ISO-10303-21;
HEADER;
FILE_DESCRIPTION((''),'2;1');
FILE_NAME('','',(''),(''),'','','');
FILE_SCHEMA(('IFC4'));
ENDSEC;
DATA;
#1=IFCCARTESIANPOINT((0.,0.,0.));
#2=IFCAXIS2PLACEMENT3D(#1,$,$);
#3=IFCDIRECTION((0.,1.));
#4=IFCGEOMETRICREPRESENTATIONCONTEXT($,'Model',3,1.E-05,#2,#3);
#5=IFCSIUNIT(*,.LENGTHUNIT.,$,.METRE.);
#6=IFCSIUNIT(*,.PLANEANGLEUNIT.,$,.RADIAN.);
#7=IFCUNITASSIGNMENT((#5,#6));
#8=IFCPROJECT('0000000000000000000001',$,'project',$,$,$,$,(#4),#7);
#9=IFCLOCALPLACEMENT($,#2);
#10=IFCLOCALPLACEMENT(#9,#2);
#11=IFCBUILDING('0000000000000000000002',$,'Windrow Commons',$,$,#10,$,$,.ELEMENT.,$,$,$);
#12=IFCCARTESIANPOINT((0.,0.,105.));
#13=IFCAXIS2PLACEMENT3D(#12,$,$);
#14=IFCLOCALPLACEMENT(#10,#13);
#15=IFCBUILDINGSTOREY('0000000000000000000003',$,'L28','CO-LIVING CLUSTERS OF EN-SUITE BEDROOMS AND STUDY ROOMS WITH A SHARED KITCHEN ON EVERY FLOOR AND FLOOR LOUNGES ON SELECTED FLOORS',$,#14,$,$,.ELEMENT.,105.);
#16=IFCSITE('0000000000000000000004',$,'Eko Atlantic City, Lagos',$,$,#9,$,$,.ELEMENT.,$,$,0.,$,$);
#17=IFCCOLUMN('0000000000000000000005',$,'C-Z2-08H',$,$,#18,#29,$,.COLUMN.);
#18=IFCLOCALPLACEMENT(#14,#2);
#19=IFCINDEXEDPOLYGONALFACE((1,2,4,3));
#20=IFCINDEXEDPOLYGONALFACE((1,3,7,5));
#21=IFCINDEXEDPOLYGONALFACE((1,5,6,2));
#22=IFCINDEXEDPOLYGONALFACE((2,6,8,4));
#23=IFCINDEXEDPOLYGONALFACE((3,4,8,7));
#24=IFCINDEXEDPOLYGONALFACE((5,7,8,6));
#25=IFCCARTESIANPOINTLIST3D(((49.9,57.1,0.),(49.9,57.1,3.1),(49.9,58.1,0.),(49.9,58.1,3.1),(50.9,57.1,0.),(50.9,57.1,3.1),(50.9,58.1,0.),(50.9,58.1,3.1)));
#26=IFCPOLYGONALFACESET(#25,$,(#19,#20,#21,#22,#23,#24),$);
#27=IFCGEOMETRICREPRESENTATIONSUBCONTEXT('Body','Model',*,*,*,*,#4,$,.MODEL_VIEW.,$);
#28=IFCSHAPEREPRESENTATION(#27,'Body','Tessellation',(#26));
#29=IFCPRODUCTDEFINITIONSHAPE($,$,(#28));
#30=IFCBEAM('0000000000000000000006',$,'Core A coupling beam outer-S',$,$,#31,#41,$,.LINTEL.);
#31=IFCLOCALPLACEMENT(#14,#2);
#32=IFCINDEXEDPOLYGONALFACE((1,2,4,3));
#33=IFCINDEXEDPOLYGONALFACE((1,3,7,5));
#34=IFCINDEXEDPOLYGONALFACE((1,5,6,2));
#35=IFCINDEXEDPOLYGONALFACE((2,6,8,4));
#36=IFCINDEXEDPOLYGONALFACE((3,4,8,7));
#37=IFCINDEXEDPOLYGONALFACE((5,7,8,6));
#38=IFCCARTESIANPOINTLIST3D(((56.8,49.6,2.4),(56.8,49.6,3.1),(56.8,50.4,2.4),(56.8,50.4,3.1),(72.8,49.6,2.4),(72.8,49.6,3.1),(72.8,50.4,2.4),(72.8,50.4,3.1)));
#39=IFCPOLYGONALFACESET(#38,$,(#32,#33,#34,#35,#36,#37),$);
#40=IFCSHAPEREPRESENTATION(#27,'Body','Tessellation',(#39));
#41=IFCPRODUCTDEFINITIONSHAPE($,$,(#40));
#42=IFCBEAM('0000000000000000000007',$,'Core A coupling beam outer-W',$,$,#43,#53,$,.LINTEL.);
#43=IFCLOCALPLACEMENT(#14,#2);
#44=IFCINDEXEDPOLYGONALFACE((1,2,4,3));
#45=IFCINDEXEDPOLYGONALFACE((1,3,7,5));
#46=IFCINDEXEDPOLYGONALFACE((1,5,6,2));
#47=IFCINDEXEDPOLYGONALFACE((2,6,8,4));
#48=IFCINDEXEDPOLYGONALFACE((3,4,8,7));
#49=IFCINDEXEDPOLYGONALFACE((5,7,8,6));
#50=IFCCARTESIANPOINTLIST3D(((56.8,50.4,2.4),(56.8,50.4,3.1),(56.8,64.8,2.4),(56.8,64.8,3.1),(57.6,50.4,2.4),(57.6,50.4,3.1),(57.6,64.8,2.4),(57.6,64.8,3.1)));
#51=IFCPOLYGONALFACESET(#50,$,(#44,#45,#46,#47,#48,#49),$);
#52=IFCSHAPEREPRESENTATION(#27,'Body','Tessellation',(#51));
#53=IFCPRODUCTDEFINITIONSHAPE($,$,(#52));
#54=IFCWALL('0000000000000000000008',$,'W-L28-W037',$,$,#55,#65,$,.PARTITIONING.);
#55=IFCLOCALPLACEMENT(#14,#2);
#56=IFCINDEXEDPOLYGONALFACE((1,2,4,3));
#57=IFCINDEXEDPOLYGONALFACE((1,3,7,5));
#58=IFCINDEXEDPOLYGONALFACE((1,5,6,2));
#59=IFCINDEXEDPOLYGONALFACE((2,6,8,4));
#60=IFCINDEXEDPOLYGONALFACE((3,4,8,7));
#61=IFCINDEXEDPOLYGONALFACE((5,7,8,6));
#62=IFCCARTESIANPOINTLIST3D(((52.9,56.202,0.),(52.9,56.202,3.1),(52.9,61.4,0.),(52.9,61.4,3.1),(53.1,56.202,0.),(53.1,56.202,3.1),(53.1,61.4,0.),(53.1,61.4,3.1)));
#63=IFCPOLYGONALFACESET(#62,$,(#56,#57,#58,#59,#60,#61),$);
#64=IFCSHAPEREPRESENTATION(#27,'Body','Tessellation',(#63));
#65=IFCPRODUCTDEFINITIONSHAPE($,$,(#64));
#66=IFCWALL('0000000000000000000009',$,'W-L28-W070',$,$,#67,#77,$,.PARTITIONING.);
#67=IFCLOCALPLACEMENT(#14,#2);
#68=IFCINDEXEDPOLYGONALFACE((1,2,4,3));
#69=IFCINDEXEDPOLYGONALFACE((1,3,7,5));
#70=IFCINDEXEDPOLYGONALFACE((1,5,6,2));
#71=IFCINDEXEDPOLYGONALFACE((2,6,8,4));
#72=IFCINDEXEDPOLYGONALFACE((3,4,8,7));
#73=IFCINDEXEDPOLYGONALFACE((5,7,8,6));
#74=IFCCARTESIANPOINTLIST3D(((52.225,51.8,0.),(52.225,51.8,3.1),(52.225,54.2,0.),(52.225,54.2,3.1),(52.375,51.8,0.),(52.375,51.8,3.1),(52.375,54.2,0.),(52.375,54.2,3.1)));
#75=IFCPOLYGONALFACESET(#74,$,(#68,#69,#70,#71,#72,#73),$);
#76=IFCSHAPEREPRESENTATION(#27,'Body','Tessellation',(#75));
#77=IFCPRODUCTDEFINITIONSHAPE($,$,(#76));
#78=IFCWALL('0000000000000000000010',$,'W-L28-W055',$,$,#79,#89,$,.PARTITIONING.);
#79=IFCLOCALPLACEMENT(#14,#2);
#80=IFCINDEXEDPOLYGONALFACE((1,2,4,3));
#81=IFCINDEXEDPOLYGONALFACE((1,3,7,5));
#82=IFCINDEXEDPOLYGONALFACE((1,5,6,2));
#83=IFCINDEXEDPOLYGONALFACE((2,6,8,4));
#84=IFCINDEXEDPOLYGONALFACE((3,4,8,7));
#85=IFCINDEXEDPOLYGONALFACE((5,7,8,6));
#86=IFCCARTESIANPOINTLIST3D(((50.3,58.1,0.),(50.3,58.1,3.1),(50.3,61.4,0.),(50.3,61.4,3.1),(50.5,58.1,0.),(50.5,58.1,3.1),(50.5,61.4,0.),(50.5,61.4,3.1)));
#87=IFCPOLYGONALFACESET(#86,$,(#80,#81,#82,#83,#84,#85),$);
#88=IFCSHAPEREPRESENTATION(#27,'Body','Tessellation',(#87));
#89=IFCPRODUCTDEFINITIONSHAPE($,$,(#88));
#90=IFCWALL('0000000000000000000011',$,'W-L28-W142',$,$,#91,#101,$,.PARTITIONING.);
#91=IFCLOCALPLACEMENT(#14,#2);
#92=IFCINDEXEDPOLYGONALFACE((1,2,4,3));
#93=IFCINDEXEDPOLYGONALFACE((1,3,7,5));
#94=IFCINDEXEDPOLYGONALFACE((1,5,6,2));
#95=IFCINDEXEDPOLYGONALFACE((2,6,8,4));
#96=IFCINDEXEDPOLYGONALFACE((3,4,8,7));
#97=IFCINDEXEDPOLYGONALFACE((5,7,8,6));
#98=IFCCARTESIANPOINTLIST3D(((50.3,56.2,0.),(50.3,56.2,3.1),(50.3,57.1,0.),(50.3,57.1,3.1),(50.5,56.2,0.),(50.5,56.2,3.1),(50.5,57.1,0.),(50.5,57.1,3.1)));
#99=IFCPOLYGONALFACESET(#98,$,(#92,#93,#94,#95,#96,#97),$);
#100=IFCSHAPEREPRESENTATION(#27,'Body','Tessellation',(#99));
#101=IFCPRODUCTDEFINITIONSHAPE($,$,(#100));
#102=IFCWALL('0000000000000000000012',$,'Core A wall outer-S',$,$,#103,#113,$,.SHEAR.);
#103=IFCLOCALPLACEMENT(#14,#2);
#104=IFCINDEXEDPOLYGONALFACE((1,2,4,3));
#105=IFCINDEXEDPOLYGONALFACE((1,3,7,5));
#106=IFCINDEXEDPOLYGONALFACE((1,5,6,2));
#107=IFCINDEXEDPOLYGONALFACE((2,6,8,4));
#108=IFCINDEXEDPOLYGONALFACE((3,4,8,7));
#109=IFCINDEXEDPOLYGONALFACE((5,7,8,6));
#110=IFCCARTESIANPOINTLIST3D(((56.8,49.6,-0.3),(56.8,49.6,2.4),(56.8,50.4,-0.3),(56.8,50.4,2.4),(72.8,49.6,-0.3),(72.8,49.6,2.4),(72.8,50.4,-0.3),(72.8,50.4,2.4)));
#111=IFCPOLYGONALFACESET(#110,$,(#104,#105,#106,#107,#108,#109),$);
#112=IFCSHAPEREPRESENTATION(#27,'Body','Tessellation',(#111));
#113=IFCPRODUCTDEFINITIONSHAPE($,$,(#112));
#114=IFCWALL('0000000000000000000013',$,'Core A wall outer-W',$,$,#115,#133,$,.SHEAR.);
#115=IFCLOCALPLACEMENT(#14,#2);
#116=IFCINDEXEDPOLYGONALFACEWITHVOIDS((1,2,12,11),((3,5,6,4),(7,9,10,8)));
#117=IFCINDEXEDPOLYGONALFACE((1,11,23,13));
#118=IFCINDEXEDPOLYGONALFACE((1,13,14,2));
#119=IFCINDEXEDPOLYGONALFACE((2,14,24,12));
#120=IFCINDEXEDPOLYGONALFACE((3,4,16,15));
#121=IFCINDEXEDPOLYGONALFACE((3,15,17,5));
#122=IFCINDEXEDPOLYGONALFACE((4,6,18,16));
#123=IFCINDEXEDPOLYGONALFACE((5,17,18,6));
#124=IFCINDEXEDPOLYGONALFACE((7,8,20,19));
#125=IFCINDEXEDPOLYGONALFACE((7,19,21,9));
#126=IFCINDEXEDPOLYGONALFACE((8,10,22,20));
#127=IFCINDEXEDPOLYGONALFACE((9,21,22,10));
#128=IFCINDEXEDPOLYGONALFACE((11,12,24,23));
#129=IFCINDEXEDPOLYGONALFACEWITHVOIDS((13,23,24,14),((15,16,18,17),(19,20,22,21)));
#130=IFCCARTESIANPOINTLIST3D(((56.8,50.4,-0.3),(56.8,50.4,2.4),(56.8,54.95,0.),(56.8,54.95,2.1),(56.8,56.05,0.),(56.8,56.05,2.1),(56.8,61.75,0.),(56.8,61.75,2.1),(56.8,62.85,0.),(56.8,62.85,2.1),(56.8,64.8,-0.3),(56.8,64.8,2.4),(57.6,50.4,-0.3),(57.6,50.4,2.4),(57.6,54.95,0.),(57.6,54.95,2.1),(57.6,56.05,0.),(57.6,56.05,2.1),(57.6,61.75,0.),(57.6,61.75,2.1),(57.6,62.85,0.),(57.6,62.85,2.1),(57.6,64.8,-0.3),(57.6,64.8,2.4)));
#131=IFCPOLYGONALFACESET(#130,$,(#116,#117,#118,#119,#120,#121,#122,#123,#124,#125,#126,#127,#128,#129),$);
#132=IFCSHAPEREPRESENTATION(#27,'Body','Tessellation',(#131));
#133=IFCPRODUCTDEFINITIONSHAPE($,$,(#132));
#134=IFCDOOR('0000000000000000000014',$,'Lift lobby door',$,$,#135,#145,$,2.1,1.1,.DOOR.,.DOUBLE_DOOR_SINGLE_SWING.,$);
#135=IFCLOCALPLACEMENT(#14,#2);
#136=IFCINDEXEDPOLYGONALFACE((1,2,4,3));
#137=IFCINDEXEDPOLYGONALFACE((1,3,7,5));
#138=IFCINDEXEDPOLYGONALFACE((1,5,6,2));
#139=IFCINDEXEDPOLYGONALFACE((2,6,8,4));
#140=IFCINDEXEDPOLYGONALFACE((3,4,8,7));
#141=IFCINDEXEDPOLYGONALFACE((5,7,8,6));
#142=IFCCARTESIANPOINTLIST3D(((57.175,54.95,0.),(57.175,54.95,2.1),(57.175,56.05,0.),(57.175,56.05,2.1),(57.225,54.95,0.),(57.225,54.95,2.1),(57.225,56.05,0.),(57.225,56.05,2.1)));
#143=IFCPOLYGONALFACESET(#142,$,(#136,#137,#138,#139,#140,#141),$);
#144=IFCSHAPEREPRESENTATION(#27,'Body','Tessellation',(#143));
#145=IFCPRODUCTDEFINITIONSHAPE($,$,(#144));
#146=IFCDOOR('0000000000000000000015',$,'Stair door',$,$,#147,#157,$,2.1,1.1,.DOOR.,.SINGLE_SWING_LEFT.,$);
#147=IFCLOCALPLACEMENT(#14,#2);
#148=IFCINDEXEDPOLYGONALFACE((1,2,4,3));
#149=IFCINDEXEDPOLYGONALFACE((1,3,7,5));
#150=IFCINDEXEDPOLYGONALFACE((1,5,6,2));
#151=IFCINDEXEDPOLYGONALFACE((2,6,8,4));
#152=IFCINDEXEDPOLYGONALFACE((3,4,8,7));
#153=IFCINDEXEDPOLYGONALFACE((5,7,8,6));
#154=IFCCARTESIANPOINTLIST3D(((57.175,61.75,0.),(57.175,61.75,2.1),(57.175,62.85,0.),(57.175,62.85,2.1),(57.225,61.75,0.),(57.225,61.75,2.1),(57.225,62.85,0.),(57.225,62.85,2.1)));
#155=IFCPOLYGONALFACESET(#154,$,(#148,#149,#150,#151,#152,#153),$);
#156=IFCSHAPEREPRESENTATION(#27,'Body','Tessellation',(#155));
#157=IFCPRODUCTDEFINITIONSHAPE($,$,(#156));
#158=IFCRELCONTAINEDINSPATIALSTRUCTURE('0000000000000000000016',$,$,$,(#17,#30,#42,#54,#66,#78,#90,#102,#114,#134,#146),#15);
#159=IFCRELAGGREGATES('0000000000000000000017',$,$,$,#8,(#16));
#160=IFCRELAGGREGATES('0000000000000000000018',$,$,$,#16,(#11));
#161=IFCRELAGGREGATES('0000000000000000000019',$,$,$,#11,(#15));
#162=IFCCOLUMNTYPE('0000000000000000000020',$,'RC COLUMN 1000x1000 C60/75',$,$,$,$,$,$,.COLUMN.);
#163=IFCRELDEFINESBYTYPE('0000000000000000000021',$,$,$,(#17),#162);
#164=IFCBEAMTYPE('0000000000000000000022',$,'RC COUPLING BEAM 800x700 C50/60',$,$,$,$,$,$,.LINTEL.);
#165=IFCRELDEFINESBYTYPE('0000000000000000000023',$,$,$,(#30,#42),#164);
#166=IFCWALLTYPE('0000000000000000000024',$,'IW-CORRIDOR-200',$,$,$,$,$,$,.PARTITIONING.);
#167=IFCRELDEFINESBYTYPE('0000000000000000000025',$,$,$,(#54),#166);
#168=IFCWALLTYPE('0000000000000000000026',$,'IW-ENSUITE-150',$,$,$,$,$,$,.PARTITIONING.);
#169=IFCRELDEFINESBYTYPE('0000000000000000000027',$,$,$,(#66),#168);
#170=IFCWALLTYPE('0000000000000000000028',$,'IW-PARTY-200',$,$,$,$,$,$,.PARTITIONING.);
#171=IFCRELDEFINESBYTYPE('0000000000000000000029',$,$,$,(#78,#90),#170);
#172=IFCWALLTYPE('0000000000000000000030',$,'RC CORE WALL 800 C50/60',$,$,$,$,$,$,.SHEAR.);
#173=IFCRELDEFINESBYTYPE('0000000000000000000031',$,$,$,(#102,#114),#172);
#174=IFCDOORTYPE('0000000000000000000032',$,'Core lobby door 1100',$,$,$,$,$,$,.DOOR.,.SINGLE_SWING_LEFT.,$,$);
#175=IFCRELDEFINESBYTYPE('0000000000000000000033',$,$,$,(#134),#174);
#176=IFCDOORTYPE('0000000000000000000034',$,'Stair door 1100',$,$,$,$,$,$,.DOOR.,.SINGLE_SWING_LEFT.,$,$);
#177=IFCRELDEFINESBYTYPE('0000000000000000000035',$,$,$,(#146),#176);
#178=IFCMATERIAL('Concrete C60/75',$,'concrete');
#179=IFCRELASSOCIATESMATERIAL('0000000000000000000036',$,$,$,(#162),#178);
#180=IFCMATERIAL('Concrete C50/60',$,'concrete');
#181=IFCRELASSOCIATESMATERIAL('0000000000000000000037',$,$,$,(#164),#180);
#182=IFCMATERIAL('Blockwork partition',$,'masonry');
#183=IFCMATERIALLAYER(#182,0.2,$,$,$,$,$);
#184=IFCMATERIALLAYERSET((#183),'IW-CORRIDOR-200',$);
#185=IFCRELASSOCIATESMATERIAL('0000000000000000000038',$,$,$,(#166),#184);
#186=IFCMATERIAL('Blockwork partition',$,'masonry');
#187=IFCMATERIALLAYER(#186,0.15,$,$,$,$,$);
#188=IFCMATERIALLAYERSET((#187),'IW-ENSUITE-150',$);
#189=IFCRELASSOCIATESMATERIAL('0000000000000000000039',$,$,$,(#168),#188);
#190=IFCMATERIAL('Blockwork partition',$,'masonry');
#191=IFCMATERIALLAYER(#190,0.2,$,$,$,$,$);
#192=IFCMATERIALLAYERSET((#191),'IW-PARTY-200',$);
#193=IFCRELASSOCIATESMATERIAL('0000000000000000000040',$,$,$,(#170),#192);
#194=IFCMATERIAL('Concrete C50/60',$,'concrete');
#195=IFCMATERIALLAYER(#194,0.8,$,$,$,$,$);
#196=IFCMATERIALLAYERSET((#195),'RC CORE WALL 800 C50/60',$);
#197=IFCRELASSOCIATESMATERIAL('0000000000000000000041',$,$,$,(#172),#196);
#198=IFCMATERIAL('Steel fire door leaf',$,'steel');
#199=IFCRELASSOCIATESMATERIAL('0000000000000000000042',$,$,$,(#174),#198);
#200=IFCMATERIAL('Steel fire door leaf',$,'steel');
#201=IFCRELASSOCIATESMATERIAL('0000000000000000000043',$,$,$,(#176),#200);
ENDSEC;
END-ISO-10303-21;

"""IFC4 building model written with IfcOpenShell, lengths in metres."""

from ifc_helpers import new_model, si_unit, direction, frame, frame_2d, origin, origin_2d, place, context, subcontext, project, spatial, rectangle, extrude, material, layer, layer_set, material_profile, profile_set, type_object, element, fill, save


model = new_model("IFC4")

# Units and contexts
model_context = context("Model", 3, precision=1e-05, world=origin(), true_north=direction((0.0, 1.0)))
body_context = subcontext(model_context, "Body", "Model", "MODEL_VIEW")
ifc_project = project(units=[si_unit("LENGTHUNIT", "METRE"), si_unit("PLANEANGLEUNIT", "RADIAN")], contexts=[model_context])

# Site, building, storey
site_placement = place(None, origin())
site = spatial("IfcSite", under=ifc_project, at=site_placement, Name="Eko Atlantic City, Lagos", CompositionType="ELEMENT", RefElevation=0.0)
building_placement = place(site_placement, origin())
building = spatial("IfcBuilding", under=site, at=building_placement, Name="Windrow Commons", CompositionType="ELEMENT")
storey_placement = place(building_placement, frame((0.0, 0.0, 105.0)))
storey = spatial("IfcBuildingStorey", under=building, at=storey_placement, Name="L28", Description="CO-LIVING CLUSTERS OF EN-SUITE BEDROOMS AND STUDY ROOMS WITH A SHARED KITCHEN ON EVERY FLOOR AND FLOOR LOUNGES ON SELECTED FLOORS", CompositionType="ELEMENT", Elevation=105.0)

# Column
ifc_material_1 = material(Name="Concrete C60/75", Category="concrete")
ifc_material_profile_1 = material_profile(ifc_material_1, rectangle(XDim=1.0, YDim=1.0, at=origin_2d()))
ifc_profile_set_1 = profile_set([ifc_material_profile_1], Name="Concrete C60/75")
column_type = type_object("IfcColumnType", Name="RC COLUMN 1000x1000 C60/75", PredefinedType="COLUMN", material=ifc_profile_set_1)
column_placement = place(storey_placement, frame((50.4, 57.6, 0.0), z_axis=(0.0, 0.0, 1.0), x_axis=(1.0, 0.0, 0.0)))
element("IfcColumn", 1, at=column_placement, inside=storey, type_object=column_type, Name="C-Z2-08H", PredefinedType="COLUMN", context=body_context, shape_type="SweptSolid", body=[
    extrude(rectangle(XDim=1.0, YDim=1.0, at=origin_2d()), origin(), (0.0, 0.0, 1.0), 3.1),
])

# Beams
ifc_material_2 = material(Name="Concrete C50/60", Category="concrete")
ifc_material_profile_2 = material_profile(ifc_material_2, rectangle(XDim=0.8, YDim=0.7, at=origin_2d()))
ifc_profile_set_2 = profile_set([ifc_material_profile_2], Name="Concrete C50/60")
beam_type = type_object("IfcBeamType", Name="RC COUPLING BEAM 800x700 C50/60", PredefinedType="LINTEL", material=ifc_profile_set_2)
beam_1_placement = place(storey_placement, frame((56.8, 50.0, 2.75), z_axis=(1.0, 0.0, 0.0), x_axis=(0.0, 1.0, 0.0)))
element("IfcBeam", 2, at=beam_1_placement, inside=storey, type_object=beam_type, Name="Core A coupling beam outer-S", PredefinedType="LINTEL", context=body_context, shape_type="SweptSolid", body=[
    extrude(rectangle(XDim=0.8, YDim=0.7, at=origin_2d()), origin(), (0.0, 0.0, 1.0), 16.0),
])
beam_2_placement = place(storey_placement, frame((57.2, 50.4, 2.75), z_axis=(0.0, 1.0, 0.0), x_axis=(-1.0, 0.0, 0.0)))
element("IfcBeam", 3, at=beam_2_placement, inside=storey, type_object=beam_type, Name="Core A coupling beam outer-W", PredefinedType="LINTEL", context=body_context, shape_type="SweptSolid", body=[
    extrude(rectangle(XDim=0.8, YDim=0.7, at=origin_2d()), origin(), (0.0, 0.0, 1.0), 14.4),
])

# Walls
ifc_material_3 = material(Name="Blockwork partition", Category="masonry")
ifc_layer_1 = layer(ifc_material_3, 0.2)
ifc_layer_set_1 = layer_set([ifc_layer_1], Name="IW-CORRIDOR-200")
wall_type_1 = type_object("IfcWallType", Name="IW-CORRIDOR-200", PredefinedType="PARTITIONING", material=ifc_layer_set_1)
wall_1_placement = place(storey_placement, frame((53.0, 56.202, 0.0), z_axis=(0.0, 0.0, 1.0), x_axis=(0.0, 1.0, 0.0)))
element("IfcWall", 4, at=wall_1_placement, inside=storey, type_object=wall_type_1, Name="W-L28-W037", PredefinedType="PARTITIONING", context=body_context, shape_type="SweptSolid", body=[
    extrude(rectangle(XDim=5.198, YDim=0.2, at=frame_2d((2.599, 0.0))), origin(), (0.0, 0.0, 1.0), 3.1),
])
ifc_material_4 = material(Name="Blockwork partition", Category="masonry")
ifc_layer_2 = layer(ifc_material_4, 0.15)
ifc_layer_set_2 = layer_set([ifc_layer_2], Name="IW-ENSUITE-150")
wall_type_2 = type_object("IfcWallType", Name="IW-ENSUITE-150", PredefinedType="PARTITIONING", material=ifc_layer_set_2)
wall_2_placement = place(storey_placement, frame((52.3, 51.8, 0.0), z_axis=(0.0, 0.0, 1.0), x_axis=(0.0, 1.0, 0.0)))
element("IfcWall", 5, at=wall_2_placement, inside=storey, type_object=wall_type_2, Name="W-L28-W070", PredefinedType="PARTITIONING", context=body_context, shape_type="SweptSolid", body=[
    extrude(rectangle(XDim=2.4, YDim=0.15, at=frame_2d((1.2, 0.0))), origin(), (0.0, 0.0, 1.0), 3.1),
])
ifc_material_5 = material(Name="Blockwork partition", Category="masonry")
ifc_layer_3 = layer(ifc_material_5, 0.2)
ifc_layer_set_3 = layer_set([ifc_layer_3], Name="IW-PARTY-200")
wall_type_3 = type_object("IfcWallType", Name="IW-PARTY-200", PredefinedType="PARTITIONING", material=ifc_layer_set_3)
wall_3_placement = place(storey_placement, frame((50.4, 58.1, 0.0), z_axis=(0.0, 0.0, 1.0), x_axis=(0.0, 1.0, 0.0)))
element("IfcWall", 6, at=wall_3_placement, inside=storey, type_object=wall_type_3, Name="W-L28-W055", PredefinedType="PARTITIONING", context=body_context, shape_type="SweptSolid", body=[
    extrude(rectangle(XDim=3.3, YDim=0.2, at=frame_2d((1.65, 0.0))), origin(), (0.0, 0.0, 1.0), 3.1),
])
wall_4_placement = place(storey_placement, frame((50.4, 56.2, 0.0), z_axis=(0.0, 0.0, 1.0), x_axis=(0.0, 1.0, 0.0)))
element("IfcWall", 7, at=wall_4_placement, inside=storey, type_object=wall_type_3, Name="W-L28-W142", PredefinedType="PARTITIONING", context=body_context, shape_type="SweptSolid", body=[
    extrude(rectangle(XDim=0.9, YDim=0.2, at=frame_2d((0.45, 0.0))), origin(), (0.0, 0.0, 1.0), 3.1),
])
ifc_material_6 = material(Name="Concrete C50/60", Category="concrete")
ifc_layer_4 = layer(ifc_material_6, 0.8)
ifc_layer_set_4 = layer_set([ifc_layer_4], Name="RC CORE WALL 800 C50/60")
wall_type_4 = type_object("IfcWallType", Name="RC CORE WALL 800 C50/60", PredefinedType="SHEAR", material=ifc_layer_set_4)
wall_5_placement = place(storey_placement, frame((56.8, 50.0, -0.3), z_axis=(0.0, 0.0, 1.0), x_axis=(1.0, 0.0, 0.0)))
element("IfcWall", 8, at=wall_5_placement, inside=storey, type_object=wall_type_4, Name="Core A wall outer-S", PredefinedType="SHEAR", context=body_context, shape_type="SweptSolid", body=[
    extrude(rectangle(XDim=16.0, YDim=0.8, at=frame_2d((8.0, 0.0))), origin(), (0.0, 0.0, 1.0), 2.7),
])

# Wall, openings, doors
wall_6_placement = place(storey_placement, frame((57.2, 50.4, -0.3), z_axis=(0.0, 0.0, 1.0), x_axis=(0.0, 1.0, 0.0)))
wall_6 = element("IfcWall", 9, at=wall_6_placement, inside=storey, type_object=wall_type_4, Name="Core A wall outer-W", PredefinedType="SHEAR", context=body_context, shape_type="SweptSolid", body=[
    extrude(rectangle(XDim=14.4, YDim=0.8, at=frame_2d((7.2, 0.0))), origin(), (0.0, 0.0, 1.0), 2.7),
])
opening_1_placement = place(wall_6_placement, frame((4.55, 0.0, 0.3)))
opening_1 = element("IfcOpeningElement", 10, at=opening_1_placement, cuts=wall_6, PredefinedType="OPENING", context=body_context, shape_type="SweptSolid", body=[
    extrude(rectangle(XDim=1.1, YDim=2.1, at=frame_2d((0.55, 1.05))), frame((0.0, 0.41, 0.0), z_axis=(0.0, -1.0, 0.0), x_axis=(1.0, 0.0, 0.0)), (0.0, 0.0, 1.0), 0.82),
])
opening_2_placement = place(wall_6_placement, frame((11.35, 0.0, 0.3)))
opening_2 = element("IfcOpeningElement", 11, at=opening_2_placement, cuts=wall_6, PredefinedType="OPENING", context=body_context, shape_type="SweptSolid", body=[
    extrude(rectangle(XDim=1.1, YDim=2.1, at=frame_2d((0.55, 1.05))), frame((0.0, 0.41, 0.0), z_axis=(0.0, -1.0, 0.0), x_axis=(1.0, 0.0, 0.0)), (0.0, 0.0, 1.0), 0.82),
])
ifc_material_7 = material(Name="Steel fire door leaf", Category="steel")
door_type_1 = type_object("IfcDoorType", Name="Core lobby door 1100", OperationType="SINGLE_SWING_LEFT", PredefinedType="DOOR", material=ifc_material_7)
door_1_placement = place(opening_1_placement, origin())
door_1 = element("IfcDoor", 12, at=door_1_placement, inside=storey, type_object=door_type_1, Name="Lift lobby door", OperationType="DOUBLE_DOOR_SINGLE_SWING", OverallHeight=2.1, OverallWidth=1.1, PredefinedType="DOOR", context=body_context, shape_type="SweptSolid", body=[
    extrude(rectangle(XDim=1.1, YDim=2.1, at=frame_2d((0.55, 1.05))), frame((0.0, 0.025, 0.0), z_axis=(0.0, -1.0, 0.0), x_axis=(1.0, 0.0, 0.0)), (0.0, 0.0, 1.0), 0.05),
])
fill(opening_1, door_1)
ifc_material_8 = material(Name="Steel fire door leaf", Category="steel")
door_type_2 = type_object("IfcDoorType", Name="Stair door 1100", OperationType="SINGLE_SWING_LEFT", PredefinedType="DOOR", material=ifc_material_8)
door_2_placement = place(opening_2_placement, origin())
door_2 = element("IfcDoor", 13, at=door_2_placement, inside=storey, type_object=door_type_2, Name="Stair door", OperationType="SINGLE_SWING_LEFT", OverallHeight=2.1, OverallWidth=1.1, PredefinedType="DOOR", context=body_context, shape_type="SweptSolid", body=[
    extrude(rectangle(XDim=1.1, YDim=2.1, at=frame_2d((0.55, 1.05))), frame((0.0, 0.025, 0.0), z_axis=(0.0, -1.0, 0.0), x_axis=(1.0, 0.0, 0.0)), (0.0, 0.0, 1.0), 0.05),
])
fill(opening_2, door_2)

save(model, "model.ifc")
